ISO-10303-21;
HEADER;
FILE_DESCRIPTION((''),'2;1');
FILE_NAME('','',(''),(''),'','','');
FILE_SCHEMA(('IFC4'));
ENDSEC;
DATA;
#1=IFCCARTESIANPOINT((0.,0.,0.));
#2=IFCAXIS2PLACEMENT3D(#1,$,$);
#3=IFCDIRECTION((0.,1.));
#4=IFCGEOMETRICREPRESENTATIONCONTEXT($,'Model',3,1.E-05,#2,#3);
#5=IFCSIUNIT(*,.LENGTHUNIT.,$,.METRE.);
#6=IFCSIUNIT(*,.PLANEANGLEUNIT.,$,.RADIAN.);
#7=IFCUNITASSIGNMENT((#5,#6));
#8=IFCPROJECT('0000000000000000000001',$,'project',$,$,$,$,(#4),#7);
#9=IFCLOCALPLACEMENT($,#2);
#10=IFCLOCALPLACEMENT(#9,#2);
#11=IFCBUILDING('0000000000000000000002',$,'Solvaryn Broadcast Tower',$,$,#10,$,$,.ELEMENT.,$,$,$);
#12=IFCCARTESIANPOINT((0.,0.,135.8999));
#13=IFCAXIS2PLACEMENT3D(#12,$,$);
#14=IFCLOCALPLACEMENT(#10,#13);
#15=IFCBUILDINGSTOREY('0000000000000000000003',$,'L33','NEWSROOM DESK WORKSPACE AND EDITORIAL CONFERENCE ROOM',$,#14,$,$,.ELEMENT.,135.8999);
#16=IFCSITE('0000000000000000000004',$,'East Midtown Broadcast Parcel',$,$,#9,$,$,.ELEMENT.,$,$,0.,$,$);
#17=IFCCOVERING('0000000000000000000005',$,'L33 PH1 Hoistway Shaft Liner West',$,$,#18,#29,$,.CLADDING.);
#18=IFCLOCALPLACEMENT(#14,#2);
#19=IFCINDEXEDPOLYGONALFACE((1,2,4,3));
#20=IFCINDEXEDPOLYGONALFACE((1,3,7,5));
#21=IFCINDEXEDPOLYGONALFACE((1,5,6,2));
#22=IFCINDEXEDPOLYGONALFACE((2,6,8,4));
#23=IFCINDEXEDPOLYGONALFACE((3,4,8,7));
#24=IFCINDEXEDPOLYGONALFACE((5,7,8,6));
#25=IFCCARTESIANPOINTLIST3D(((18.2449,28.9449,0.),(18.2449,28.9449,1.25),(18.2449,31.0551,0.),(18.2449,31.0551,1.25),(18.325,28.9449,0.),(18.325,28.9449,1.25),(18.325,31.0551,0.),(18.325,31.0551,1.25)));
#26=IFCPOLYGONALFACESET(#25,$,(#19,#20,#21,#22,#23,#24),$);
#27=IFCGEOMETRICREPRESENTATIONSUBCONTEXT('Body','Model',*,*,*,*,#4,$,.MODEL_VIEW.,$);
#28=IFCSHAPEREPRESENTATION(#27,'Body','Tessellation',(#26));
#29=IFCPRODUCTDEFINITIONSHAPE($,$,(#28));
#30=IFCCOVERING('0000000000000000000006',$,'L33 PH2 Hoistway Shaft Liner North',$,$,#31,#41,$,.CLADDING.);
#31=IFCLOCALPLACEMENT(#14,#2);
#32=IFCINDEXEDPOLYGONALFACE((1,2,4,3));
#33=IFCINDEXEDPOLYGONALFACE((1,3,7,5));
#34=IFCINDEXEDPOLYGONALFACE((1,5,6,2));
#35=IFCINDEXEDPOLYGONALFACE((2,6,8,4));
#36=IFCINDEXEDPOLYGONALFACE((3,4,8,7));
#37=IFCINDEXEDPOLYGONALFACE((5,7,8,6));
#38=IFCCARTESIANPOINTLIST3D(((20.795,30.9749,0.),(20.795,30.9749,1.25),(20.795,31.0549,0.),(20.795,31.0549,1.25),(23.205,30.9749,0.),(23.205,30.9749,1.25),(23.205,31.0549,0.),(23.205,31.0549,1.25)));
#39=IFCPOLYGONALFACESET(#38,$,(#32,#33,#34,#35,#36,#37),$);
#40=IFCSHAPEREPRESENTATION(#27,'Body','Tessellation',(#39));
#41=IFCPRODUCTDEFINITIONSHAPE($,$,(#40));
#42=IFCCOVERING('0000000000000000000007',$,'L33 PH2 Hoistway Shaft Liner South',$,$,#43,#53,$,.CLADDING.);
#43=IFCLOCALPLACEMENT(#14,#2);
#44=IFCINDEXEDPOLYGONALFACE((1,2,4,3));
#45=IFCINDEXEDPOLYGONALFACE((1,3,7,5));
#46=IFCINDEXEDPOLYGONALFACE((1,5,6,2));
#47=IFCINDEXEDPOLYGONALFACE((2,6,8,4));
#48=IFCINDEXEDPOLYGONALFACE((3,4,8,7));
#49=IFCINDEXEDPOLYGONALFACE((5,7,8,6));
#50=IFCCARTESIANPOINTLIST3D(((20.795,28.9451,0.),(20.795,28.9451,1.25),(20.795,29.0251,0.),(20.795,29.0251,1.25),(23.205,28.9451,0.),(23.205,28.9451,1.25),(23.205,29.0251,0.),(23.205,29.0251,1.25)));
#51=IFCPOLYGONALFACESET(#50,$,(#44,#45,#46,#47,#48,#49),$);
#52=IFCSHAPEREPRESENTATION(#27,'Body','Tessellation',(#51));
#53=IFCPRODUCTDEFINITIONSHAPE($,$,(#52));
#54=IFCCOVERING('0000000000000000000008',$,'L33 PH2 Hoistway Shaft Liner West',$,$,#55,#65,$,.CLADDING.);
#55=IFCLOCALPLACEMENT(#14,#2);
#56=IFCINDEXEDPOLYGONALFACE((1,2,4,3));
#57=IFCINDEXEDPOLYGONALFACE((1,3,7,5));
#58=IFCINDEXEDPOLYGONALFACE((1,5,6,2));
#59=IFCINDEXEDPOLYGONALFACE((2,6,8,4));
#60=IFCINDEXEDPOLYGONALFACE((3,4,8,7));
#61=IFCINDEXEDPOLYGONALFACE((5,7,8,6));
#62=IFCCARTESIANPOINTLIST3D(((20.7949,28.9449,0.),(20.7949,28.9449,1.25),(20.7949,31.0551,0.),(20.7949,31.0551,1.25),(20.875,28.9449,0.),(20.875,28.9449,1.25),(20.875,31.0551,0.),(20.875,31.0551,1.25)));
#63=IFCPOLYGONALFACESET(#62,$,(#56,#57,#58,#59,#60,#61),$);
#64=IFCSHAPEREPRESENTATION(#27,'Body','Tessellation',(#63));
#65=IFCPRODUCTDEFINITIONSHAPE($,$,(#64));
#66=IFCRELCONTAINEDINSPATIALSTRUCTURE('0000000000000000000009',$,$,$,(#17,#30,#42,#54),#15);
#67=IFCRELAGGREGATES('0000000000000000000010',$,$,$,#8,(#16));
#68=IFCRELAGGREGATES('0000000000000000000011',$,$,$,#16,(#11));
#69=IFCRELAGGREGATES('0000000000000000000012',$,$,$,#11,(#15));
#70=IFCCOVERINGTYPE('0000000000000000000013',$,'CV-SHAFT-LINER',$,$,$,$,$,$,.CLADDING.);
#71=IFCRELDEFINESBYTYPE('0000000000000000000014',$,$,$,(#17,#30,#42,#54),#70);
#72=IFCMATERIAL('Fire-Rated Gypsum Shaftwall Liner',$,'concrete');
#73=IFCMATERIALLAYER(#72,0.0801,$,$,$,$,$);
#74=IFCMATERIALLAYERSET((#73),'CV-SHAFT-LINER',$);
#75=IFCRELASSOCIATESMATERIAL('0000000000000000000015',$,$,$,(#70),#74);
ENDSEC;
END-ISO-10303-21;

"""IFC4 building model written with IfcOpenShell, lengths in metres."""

from ifc_helpers import new_model, si_unit, direction, frame, origin, origin_2d, place, context, subcontext, project, spatial, rectangle, extrude, material, layer, layer_set, type_object, element, save


model = new_model("IFC4")

# Units and contexts
model_context = context("Model", 3, precision=1e-05, world=origin(), true_north=direction((0.0, 1.0)))
body_context = subcontext(model_context, "Body", "Model", "MODEL_VIEW")
ifc_project = project(units=[si_unit("LENGTHUNIT", "METRE"), si_unit("PLANEANGLEUNIT", "RADIAN")], contexts=[model_context])

# Site, building, storey
site_placement = place(None, origin())
site = spatial("IfcSite", under=ifc_project, at=site_placement, Name="East Midtown Broadcast Parcel", CompositionType="ELEMENT", RefElevation=0.0)
building_placement = place(site_placement, origin())
building = spatial("IfcBuilding", under=site, at=building_placement, Name="Solvaryn Broadcast Tower", CompositionType="ELEMENT")
storey_placement = place(building_placement, frame((0.0, 0.0, 135.8999)))
storey = spatial("IfcBuildingStorey", under=building, at=storey_placement, Name="L33", Description="NEWSROOM DESK WORKSPACE AND EDITORIAL CONFERENCE ROOM", CompositionType="ELEMENT", Elevation=135.8999)

# Coverings
ifc_material_1 = material(Name="Fire-Rated Gypsum Shaftwall Liner", Category="concrete")
ifc_layer_1 = layer(ifc_material_1, 0.0801)
ifc_layer_set_1 = layer_set([ifc_layer_1], Name="CV-SHAFT-LINER")
covering_type = type_object("IfcCoveringType", Name="CV-SHAFT-LINER", PredefinedType="CLADDING", material=ifc_layer_set_1)
for number, where, z_axis, x_axis, name in (
    (1, (18.2849, 30.0, 0.0), (0.0, 0.0, 1.0), (1.0, 0.0, 0.0), "L33 PH1 Hoistway Shaft Liner West"),
):
    element("IfcCovering", number, at=place(storey_placement, frame(where, z_axis=z_axis, x_axis=x_axis)), inside=storey, type_object=covering_type, Name=name, PredefinedType="CLADDING", context=body_context, shape_type="SweptSolid", body=[
        extrude(rectangle(XDim=0.0801, YDim=2.1101, at=origin_2d()), origin(), (0.0, 0.0, 1.0), 1.25),
    ])
for number, where, z_axis, x_axis, name in (
    (2, (22.0, 31.0149, 0.0), (0.0, 0.0, 1.0), (1.0, 0.0, 0.0), "L33 PH2 Hoistway Shaft Liner North"),
    (3, (22.0, 28.9851, 0.0), (0.0, 0.0, 1.0), (1.0, 0.0, 0.0), "L33 PH2 Hoistway Shaft Liner South"),
):
    element("IfcCovering", number, at=place(storey_placement, frame(where, z_axis=z_axis, x_axis=x_axis)), inside=storey, type_object=covering_type, Name=name, PredefinedType="CLADDING", context=body_context, shape_type="SweptSolid", body=[
        extrude(rectangle(XDim=2.4099, YDim=0.0801, at=origin_2d()), origin(), (0.0, 0.0, 1.0), 1.25),
    ])
covering_placement = place(storey_placement, frame((20.835, 30.0, 0.0), z_axis=(0.0, 0.0, 1.0), x_axis=(1.0, 0.0, 0.0)))
element("IfcCovering", 4, at=covering_placement, inside=storey, type_object=covering_type, Name="L33 PH2 Hoistway Shaft Liner West", PredefinedType="CLADDING", context=body_context, shape_type="SweptSolid", body=[
    extrude(rectangle(XDim=0.0801, YDim=2.1101, at=origin_2d()), origin(), (0.0, 0.0, 1.0), 1.25),
])

save(model, "model.ifc")
